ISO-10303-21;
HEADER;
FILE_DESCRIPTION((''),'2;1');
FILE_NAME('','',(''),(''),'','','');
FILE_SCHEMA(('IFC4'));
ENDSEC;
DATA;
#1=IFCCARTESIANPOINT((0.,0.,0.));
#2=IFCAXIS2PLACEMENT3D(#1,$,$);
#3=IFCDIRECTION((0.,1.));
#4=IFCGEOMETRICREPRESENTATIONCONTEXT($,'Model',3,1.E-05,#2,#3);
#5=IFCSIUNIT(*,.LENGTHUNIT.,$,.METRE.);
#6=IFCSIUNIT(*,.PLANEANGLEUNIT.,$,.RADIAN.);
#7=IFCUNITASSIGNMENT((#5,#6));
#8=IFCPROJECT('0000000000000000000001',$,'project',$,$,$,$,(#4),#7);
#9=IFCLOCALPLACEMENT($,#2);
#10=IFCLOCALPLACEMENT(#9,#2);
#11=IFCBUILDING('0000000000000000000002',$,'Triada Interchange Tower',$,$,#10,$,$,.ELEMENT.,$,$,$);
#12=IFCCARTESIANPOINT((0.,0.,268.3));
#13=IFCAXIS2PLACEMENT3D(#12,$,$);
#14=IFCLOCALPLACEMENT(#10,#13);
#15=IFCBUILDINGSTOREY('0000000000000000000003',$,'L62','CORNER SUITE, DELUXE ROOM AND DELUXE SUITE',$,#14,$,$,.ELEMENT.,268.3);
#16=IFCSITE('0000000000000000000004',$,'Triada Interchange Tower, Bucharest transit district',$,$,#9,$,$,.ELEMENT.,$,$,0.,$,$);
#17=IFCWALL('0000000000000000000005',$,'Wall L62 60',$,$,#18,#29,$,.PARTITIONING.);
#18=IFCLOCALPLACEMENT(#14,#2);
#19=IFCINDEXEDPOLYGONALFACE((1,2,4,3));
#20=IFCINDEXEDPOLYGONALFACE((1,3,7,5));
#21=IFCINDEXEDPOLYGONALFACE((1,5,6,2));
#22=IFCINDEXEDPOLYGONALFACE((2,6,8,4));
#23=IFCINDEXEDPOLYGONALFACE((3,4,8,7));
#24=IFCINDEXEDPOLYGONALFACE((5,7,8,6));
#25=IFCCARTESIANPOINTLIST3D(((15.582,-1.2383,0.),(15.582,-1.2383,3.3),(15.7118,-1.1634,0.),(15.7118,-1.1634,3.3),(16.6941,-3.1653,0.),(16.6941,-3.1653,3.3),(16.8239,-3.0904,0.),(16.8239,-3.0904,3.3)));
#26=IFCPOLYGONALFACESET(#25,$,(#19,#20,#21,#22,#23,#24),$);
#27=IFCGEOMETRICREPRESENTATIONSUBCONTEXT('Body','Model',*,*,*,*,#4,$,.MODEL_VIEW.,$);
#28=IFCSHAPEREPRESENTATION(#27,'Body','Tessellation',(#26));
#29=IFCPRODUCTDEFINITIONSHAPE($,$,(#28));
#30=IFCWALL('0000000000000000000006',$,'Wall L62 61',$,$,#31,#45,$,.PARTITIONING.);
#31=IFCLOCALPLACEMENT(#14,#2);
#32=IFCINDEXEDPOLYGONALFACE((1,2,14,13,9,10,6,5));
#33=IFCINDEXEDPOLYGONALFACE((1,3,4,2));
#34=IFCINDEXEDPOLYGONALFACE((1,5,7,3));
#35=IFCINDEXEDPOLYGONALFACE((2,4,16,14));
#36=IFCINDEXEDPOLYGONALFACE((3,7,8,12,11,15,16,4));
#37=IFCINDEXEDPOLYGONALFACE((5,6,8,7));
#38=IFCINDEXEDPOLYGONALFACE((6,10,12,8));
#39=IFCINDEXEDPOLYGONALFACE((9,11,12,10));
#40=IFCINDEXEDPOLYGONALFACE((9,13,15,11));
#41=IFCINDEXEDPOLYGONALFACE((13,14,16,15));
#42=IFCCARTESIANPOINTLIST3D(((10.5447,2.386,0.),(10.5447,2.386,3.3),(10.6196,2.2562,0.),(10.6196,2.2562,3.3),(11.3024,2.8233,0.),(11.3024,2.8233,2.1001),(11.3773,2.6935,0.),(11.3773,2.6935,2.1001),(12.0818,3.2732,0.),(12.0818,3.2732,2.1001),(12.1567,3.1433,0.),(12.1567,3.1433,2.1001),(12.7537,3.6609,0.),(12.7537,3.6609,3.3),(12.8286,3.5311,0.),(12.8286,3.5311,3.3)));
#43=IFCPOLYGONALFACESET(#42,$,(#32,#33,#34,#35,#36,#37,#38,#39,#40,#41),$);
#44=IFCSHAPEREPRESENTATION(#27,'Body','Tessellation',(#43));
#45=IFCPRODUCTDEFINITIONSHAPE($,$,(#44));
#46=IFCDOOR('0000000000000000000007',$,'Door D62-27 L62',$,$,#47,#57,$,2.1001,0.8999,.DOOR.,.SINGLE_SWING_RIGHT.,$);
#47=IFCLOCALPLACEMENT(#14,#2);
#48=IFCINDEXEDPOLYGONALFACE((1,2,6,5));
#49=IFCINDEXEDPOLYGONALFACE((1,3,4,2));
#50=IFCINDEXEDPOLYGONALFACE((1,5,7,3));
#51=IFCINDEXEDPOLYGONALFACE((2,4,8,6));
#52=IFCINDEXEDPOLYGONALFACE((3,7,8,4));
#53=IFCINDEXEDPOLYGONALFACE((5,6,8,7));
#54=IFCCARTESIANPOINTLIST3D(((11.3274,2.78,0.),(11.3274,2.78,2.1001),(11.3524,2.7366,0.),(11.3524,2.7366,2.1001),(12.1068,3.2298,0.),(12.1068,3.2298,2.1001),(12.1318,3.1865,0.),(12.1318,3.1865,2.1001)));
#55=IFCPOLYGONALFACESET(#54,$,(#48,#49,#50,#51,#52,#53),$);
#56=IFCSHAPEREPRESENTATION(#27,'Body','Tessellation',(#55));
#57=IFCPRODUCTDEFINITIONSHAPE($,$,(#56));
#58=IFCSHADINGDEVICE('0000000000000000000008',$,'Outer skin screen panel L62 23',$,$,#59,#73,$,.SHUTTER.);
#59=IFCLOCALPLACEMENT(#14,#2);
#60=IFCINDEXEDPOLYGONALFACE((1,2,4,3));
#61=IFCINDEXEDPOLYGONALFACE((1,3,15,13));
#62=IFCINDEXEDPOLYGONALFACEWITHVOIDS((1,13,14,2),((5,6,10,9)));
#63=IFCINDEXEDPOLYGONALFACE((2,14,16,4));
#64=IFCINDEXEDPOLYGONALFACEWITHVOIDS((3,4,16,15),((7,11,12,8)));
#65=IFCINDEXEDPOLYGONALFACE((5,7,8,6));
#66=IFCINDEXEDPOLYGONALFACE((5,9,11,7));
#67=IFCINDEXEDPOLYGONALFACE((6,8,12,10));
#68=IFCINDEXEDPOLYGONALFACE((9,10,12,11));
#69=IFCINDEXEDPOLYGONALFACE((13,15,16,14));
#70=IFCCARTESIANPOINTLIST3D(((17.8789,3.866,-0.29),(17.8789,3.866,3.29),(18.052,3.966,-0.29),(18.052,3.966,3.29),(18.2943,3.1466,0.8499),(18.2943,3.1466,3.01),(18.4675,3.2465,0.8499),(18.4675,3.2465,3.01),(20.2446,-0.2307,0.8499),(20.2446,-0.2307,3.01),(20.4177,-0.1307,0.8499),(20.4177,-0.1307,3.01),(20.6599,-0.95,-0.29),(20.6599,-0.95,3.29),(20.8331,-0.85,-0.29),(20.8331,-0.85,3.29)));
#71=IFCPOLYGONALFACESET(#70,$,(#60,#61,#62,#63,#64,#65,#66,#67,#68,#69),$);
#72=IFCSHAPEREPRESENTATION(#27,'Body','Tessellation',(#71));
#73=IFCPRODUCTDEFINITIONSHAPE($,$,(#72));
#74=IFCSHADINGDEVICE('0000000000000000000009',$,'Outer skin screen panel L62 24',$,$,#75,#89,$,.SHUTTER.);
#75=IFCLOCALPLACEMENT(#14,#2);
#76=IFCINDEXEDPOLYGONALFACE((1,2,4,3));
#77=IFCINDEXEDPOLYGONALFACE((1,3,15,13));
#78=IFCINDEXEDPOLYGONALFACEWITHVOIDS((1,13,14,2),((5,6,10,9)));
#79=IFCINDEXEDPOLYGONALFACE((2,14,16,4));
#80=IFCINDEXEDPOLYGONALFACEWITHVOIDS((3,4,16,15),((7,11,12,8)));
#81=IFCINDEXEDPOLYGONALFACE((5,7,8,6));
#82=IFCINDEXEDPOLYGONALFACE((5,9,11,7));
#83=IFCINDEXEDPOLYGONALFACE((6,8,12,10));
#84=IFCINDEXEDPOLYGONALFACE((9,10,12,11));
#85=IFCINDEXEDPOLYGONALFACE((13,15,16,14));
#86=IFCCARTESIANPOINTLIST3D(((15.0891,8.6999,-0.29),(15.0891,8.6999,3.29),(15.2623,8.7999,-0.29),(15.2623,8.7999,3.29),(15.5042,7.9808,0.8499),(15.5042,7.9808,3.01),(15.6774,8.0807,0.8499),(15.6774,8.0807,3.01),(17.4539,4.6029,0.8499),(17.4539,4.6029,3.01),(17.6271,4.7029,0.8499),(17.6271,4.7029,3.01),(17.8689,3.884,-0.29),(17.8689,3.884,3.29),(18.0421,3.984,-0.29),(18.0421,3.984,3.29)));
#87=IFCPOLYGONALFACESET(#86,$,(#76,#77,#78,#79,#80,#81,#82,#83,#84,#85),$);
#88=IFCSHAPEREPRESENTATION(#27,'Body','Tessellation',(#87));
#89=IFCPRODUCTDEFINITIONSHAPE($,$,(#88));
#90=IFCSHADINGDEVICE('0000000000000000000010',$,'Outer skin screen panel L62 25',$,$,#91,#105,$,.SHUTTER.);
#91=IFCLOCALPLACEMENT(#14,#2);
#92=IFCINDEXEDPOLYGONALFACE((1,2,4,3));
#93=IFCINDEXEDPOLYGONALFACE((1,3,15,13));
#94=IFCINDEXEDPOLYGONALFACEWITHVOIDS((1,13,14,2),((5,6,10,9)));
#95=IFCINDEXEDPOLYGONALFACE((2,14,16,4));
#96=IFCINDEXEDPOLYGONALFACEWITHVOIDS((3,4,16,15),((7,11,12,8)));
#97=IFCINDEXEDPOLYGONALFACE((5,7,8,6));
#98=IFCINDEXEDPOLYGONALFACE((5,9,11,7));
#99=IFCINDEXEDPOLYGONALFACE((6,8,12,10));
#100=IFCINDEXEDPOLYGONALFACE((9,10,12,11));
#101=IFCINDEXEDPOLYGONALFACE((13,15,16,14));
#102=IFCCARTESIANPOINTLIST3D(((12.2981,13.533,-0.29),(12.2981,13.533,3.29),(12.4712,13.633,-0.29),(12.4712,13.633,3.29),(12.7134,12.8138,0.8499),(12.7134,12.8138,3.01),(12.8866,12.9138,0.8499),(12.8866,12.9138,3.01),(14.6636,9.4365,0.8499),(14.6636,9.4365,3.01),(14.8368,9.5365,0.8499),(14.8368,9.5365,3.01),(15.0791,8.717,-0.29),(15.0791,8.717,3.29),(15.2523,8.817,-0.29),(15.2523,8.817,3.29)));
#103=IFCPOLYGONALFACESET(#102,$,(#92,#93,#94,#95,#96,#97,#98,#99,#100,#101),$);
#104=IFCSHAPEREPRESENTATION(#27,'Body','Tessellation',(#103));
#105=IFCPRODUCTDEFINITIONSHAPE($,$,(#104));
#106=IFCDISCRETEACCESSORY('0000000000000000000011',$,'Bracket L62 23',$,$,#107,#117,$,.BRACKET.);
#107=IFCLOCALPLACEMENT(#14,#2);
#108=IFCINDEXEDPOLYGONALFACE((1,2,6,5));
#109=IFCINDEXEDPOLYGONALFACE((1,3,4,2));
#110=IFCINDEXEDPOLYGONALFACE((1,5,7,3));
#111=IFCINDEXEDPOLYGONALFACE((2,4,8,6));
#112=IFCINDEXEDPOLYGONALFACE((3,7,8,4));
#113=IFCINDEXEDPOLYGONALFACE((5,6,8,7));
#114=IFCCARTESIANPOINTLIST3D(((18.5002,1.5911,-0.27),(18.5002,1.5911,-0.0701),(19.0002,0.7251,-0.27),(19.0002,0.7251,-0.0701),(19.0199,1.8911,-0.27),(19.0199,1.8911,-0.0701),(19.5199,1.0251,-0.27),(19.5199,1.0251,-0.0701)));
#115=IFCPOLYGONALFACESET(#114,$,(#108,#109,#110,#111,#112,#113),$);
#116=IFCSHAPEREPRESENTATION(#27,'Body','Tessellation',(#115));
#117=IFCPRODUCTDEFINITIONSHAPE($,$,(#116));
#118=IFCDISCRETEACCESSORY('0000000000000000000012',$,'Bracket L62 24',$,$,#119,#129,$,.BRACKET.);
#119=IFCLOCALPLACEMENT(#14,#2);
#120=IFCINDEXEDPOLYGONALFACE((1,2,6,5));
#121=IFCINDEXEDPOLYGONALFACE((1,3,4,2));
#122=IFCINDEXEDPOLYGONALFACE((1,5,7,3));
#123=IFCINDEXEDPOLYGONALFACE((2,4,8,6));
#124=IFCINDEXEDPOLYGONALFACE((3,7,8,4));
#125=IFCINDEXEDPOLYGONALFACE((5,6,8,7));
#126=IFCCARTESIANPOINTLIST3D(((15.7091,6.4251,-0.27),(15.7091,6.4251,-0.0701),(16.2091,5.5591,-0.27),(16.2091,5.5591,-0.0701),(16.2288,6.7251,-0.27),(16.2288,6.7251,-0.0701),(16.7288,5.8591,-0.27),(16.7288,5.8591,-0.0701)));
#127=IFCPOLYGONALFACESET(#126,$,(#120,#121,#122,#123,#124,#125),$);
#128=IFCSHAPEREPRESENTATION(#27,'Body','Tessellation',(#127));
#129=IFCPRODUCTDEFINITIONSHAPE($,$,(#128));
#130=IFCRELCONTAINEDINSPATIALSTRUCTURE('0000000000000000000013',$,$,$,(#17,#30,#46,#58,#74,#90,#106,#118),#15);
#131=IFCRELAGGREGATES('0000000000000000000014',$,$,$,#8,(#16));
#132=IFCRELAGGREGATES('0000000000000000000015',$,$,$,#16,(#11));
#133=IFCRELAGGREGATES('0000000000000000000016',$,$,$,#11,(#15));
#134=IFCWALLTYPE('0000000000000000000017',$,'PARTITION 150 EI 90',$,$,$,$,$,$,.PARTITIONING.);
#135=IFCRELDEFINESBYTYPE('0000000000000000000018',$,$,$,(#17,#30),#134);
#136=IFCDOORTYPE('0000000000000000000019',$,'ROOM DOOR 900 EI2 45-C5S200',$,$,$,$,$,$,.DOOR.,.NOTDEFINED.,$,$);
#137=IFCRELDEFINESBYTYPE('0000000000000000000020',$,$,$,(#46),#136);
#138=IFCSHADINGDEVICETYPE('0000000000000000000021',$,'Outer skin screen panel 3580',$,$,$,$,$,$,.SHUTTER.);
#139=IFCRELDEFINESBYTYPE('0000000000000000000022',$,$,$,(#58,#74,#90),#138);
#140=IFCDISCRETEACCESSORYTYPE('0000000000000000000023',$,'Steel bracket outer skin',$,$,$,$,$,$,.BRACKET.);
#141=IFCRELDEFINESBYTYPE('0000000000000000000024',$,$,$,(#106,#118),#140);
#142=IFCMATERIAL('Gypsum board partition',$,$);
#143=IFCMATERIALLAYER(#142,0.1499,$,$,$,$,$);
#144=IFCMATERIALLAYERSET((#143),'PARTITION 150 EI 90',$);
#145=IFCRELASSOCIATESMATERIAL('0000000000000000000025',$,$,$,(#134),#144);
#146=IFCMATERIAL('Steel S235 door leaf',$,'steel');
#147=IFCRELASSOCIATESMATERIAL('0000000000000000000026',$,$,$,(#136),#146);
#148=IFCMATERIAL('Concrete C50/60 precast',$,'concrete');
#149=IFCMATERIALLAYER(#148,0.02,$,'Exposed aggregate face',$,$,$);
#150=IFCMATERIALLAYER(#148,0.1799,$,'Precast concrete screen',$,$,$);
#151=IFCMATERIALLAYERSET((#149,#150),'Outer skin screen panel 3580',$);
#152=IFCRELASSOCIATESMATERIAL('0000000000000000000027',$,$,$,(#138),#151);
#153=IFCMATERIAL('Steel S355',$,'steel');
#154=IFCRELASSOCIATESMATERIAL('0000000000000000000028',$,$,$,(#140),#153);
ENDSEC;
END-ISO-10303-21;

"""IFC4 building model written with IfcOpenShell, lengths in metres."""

from ifc_helpers import new_model, si_unit, direction, frame, frame_2d, origin, origin_2d, place, context, subcontext, project, spatial, polyline, rectangle, outline, extrude, material, layer, layer_set, type_object, element, fill, save


model = new_model("IFC4")

# Units and contexts
model_context = context("Model", 3, precision=1e-05, world=origin(), true_north=direction((0.0, 1.0)))
body_context = subcontext(model_context, "Body", "Model", "MODEL_VIEW")
ifc_project = project(units=[si_unit("LENGTHUNIT", "METRE"), si_unit("PLANEANGLEUNIT", "RADIAN")], contexts=[model_context])

# Site, building, storey
site_placement = place(None, origin())
site = spatial("IfcSite", under=ifc_project, at=site_placement, Name="Triada Interchange Tower, Bucharest transit district", CompositionType="ELEMENT", RefElevation=0.0)
building_placement = place(site_placement, origin())
building = spatial("IfcBuilding", under=site, at=building_placement, Name="Triada Interchange Tower", CompositionType="ELEMENT")
storey_placement = place(building_placement, frame((0.0, 0.0, 268.3)))
storey = spatial("IfcBuildingStorey", under=building, at=storey_placement, Name="L62", Description="CORNER SUITE, DELUXE ROOM AND DELUXE SUITE", CompositionType="ELEMENT", Elevation=268.3)

# Shared definitions
ifc_material_1 = material(Name="Gypsum board partition")

# Shared definitions
ifc_layer_1 = layer(ifc_material_1, 0.1499)
ifc_layer_set_1 = layer_set([ifc_layer_1], Name="PARTITION 150 EI 90")
wall_type_1 = type_object("IfcWallType", Name="PARTITION 150 EI 90", PredefinedType="PARTITIONING", material=ifc_layer_set_1)
ifc_material_2 = material(Name="Steel S235 door leaf", Category="steel")
door_type = type_object("IfcDoorType", Name="ROOM DOOR 900 EI2 45-C5S200", OperationType="NOTDEFINED", PredefinedType="DOOR", material=ifc_material_2)

# Wall
wall_1_placement = place(storey_placement, frame((15.647, -1.2009, 0.0), z_axis=(0.0, 0.0, 1.0), x_axis=(0.499833, -0.866122, 0.0)))
element("IfcWall", 1, at=wall_1_placement, inside=storey, type_object=wall_type_1, Name="Wall L62 60", PredefinedType="PARTITIONING", context=body_context, shape_type="SweptSolid", body=[
    extrude(rectangle(XDim=2.2249, YDim=0.1499, at=frame_2d((1.1123, 0.0))), origin(), (0.0, 0.0, 1.0), 3.3),
])

# Wall, opening, door
wall_2_placement = place(storey_placement, frame((10.582, 2.321, 0.0), z_axis=(0.0, 0.0, 1.0), x_axis=(0.866103, 0.499866, 0.0)))
wall_2 = element("IfcWall", 2, at=wall_2_placement, inside=storey, type_object=wall_type_1, Name="Wall L62 61", PredefinedType="PARTITIONING", context=body_context, shape_type="SweptSolid", body=[
    extrude(rectangle(XDim=2.5505, YDim=0.1499, at=frame_2d((1.2754, 0.0))), origin(), (0.0, 0.0, 1.0), 3.3),
])
opening_1_placement = place(wall_2_placement, frame((0.875, 0.0, 0.0)))
opening_1 = element("IfcOpeningElement", 3, at=opening_1_placement, cuts=wall_2, PredefinedType="OPENING", context=body_context, shape_type="SweptSolid", body=[
    extrude(rectangle(XDim=0.8999, YDim=2.1001, at=frame_2d((0.45, 1.05))), frame((0.0, 0.085, 0.0), z_axis=(0.0, -1.0, 0.0), x_axis=(1.0, 0.0, 0.0)), (0.0, 0.0, 1.0), 0.1699),
])
door_1_placement = place(opening_1_placement, origin())
door_1 = element("IfcDoor", 4, at=door_1_placement, inside=storey, type_object=door_type, Name="Door D62-27 L62", OperationType="SINGLE_SWING_RIGHT", OverallHeight=2.1001, OverallWidth=0.8999, PredefinedType="DOOR", context=body_context, shape_type="SweptSolid", body=[
    extrude(rectangle(XDim=0.8999, YDim=2.1001, at=frame_2d((0.45, 1.05))), frame((0.0, 0.0249, 0.0), z_axis=(0.0, -1.0, 0.0), x_axis=(1.0, 0.0, 0.0)), (0.0, 0.0, 1.0), 0.05),
])
fill(opening_1, door_1)

# Shading devices
ifc_material_3 = material(Name="Concrete C50/60 precast", Category="concrete")
ifc_layer_2 = layer(ifc_material_3, 0.02, Name="Exposed aggregate face")
ifc_layer_3 = layer(ifc_material_3, 0.1799, Name="Precast concrete screen")
ifc_layer_set_2 = layer_set([ifc_layer_2, ifc_layer_3], Name="Outer skin screen panel 3580")
shading_device_type = type_object("IfcShadingDeviceType", Name="Outer skin screen panel 3580", PredefinedType="SHUTTER", material=ifc_layer_set_2)
shading_device_1_placement = place(storey_placement, frame((20.6599, -0.95, -0.29), z_axis=(0.0, 0.0, 1.0), x_axis=(-0.500072, 0.865984, 0.0)))
element("IfcShadingDevice", 5, at=shading_device_1_placement, inside=storey, type_object=shading_device_type, Name="Outer skin screen panel L62 23", PredefinedType="SHUTTER", context=body_context, shape_type="SweptSolid", body=[
    extrude(outline(polyline([(0.0, 0.0), (5.5613, 0.0), (5.5613, 3.5801), (0.0, 3.5801), (0.0, 0.0)]), holes=[polyline([(0.8306, 1.1399), (0.8306, 3.3), (4.7305, 3.3), (4.7305, 1.1399), (0.8306, 1.1399)])]), frame((0.0, 0.0, 0.0), z_axis=(0.0, -1.0, 0.0), x_axis=(1.0, 0.0, 0.0)), (0.0, 0.0, 1.0), 0.2),
])
shading_device_2_placement = place(storey_placement, frame((17.8689, 3.884, -0.29), z_axis=(0.0, 0.0, 1.0), x_axis=(-0.499907, 0.866079, 0.0)))
element("IfcShadingDevice", 6, at=shading_device_2_placement, inside=storey, type_object=shading_device_type, Name="Outer skin screen panel L62 24", PredefinedType="SHUTTER", context=body_context, shape_type="SweptSolid", body=[
    extrude(outline(polyline([(0.0, 0.0), (5.5605, 0.0), (5.5605, 3.5801), (0.0, 3.5801), (0.0, 0.0)]), holes=[polyline([(0.8301, 1.1399), (0.8301, 3.3), (4.7302, 3.3), (4.7302, 1.1399), (0.8301, 1.1399)])]), frame((0.0, 0.0, 0.0), z_axis=(0.0, -1.0, 0.0), x_axis=(1.0, 0.0, 0.0)), (0.0, 0.0, 1.0), 0.2),
])
shading_device_3_placement = place(storey_placement, frame((15.0791, 8.717, -0.29), z_axis=(0.0, 0.0, 1.0), x_axis=(-0.500072, 0.865984, 0.0)))
element("IfcShadingDevice", 7, at=shading_device_3_placement, inside=storey, type_object=shading_device_type, Name="Outer skin screen panel L62 25", PredefinedType="SHUTTER", context=body_context, shape_type="SweptSolid", body=[
    extrude(outline(polyline([(0.0, 0.0), (5.5613, 0.0), (5.5613, 3.5801), (0.0, 3.5801), (0.0, 0.0)]), holes=[polyline([(0.8308, 1.1399), (0.8308, 3.3), (4.7307, 3.3), (4.7307, 1.1399), (0.8308, 1.1399)])]), frame((0.0, 0.0, 0.0), z_axis=(0.0, -1.0, 0.0), x_axis=(1.0, 0.0, 0.0)), (0.0, 0.0, 1.0), 0.2),
])

# Discrete accessories
ifc_material_4 = material(Name="Steel S355", Category="steel")
discrete_accessory_type = type_object("IfcDiscreteAccessoryType", Name="Steel bracket outer skin", PredefinedType="BRACKET", material=ifc_material_4)
for number, where, z_axis, x_axis, name in (
    (8, (19.01, 1.3081, -0.27), (0.0, 0.0, 1.0), (0.866029, 0.499994, 0.0), "Bracket L62 23"),
    (9, (16.219, 6.1421, -0.27), (0.0, 0.0, 1.0), (0.866029, 0.499994, 0.0), "Bracket L62 24"),
):
    element("IfcDiscreteAccessory", number, at=place(storey_placement, frame(where, z_axis=z_axis, x_axis=x_axis)), inside=storey, type_object=discrete_accessory_type, Name=name, PredefinedType="BRACKET", context=body_context, shape_type="SweptSolid", body=[
        extrude(rectangle(XDim=0.6001, YDim=1.0, at=origin_2d()), origin(), (0.0, 0.0, 1.0), 0.2),
    ])

save(model, "model.ifc")
